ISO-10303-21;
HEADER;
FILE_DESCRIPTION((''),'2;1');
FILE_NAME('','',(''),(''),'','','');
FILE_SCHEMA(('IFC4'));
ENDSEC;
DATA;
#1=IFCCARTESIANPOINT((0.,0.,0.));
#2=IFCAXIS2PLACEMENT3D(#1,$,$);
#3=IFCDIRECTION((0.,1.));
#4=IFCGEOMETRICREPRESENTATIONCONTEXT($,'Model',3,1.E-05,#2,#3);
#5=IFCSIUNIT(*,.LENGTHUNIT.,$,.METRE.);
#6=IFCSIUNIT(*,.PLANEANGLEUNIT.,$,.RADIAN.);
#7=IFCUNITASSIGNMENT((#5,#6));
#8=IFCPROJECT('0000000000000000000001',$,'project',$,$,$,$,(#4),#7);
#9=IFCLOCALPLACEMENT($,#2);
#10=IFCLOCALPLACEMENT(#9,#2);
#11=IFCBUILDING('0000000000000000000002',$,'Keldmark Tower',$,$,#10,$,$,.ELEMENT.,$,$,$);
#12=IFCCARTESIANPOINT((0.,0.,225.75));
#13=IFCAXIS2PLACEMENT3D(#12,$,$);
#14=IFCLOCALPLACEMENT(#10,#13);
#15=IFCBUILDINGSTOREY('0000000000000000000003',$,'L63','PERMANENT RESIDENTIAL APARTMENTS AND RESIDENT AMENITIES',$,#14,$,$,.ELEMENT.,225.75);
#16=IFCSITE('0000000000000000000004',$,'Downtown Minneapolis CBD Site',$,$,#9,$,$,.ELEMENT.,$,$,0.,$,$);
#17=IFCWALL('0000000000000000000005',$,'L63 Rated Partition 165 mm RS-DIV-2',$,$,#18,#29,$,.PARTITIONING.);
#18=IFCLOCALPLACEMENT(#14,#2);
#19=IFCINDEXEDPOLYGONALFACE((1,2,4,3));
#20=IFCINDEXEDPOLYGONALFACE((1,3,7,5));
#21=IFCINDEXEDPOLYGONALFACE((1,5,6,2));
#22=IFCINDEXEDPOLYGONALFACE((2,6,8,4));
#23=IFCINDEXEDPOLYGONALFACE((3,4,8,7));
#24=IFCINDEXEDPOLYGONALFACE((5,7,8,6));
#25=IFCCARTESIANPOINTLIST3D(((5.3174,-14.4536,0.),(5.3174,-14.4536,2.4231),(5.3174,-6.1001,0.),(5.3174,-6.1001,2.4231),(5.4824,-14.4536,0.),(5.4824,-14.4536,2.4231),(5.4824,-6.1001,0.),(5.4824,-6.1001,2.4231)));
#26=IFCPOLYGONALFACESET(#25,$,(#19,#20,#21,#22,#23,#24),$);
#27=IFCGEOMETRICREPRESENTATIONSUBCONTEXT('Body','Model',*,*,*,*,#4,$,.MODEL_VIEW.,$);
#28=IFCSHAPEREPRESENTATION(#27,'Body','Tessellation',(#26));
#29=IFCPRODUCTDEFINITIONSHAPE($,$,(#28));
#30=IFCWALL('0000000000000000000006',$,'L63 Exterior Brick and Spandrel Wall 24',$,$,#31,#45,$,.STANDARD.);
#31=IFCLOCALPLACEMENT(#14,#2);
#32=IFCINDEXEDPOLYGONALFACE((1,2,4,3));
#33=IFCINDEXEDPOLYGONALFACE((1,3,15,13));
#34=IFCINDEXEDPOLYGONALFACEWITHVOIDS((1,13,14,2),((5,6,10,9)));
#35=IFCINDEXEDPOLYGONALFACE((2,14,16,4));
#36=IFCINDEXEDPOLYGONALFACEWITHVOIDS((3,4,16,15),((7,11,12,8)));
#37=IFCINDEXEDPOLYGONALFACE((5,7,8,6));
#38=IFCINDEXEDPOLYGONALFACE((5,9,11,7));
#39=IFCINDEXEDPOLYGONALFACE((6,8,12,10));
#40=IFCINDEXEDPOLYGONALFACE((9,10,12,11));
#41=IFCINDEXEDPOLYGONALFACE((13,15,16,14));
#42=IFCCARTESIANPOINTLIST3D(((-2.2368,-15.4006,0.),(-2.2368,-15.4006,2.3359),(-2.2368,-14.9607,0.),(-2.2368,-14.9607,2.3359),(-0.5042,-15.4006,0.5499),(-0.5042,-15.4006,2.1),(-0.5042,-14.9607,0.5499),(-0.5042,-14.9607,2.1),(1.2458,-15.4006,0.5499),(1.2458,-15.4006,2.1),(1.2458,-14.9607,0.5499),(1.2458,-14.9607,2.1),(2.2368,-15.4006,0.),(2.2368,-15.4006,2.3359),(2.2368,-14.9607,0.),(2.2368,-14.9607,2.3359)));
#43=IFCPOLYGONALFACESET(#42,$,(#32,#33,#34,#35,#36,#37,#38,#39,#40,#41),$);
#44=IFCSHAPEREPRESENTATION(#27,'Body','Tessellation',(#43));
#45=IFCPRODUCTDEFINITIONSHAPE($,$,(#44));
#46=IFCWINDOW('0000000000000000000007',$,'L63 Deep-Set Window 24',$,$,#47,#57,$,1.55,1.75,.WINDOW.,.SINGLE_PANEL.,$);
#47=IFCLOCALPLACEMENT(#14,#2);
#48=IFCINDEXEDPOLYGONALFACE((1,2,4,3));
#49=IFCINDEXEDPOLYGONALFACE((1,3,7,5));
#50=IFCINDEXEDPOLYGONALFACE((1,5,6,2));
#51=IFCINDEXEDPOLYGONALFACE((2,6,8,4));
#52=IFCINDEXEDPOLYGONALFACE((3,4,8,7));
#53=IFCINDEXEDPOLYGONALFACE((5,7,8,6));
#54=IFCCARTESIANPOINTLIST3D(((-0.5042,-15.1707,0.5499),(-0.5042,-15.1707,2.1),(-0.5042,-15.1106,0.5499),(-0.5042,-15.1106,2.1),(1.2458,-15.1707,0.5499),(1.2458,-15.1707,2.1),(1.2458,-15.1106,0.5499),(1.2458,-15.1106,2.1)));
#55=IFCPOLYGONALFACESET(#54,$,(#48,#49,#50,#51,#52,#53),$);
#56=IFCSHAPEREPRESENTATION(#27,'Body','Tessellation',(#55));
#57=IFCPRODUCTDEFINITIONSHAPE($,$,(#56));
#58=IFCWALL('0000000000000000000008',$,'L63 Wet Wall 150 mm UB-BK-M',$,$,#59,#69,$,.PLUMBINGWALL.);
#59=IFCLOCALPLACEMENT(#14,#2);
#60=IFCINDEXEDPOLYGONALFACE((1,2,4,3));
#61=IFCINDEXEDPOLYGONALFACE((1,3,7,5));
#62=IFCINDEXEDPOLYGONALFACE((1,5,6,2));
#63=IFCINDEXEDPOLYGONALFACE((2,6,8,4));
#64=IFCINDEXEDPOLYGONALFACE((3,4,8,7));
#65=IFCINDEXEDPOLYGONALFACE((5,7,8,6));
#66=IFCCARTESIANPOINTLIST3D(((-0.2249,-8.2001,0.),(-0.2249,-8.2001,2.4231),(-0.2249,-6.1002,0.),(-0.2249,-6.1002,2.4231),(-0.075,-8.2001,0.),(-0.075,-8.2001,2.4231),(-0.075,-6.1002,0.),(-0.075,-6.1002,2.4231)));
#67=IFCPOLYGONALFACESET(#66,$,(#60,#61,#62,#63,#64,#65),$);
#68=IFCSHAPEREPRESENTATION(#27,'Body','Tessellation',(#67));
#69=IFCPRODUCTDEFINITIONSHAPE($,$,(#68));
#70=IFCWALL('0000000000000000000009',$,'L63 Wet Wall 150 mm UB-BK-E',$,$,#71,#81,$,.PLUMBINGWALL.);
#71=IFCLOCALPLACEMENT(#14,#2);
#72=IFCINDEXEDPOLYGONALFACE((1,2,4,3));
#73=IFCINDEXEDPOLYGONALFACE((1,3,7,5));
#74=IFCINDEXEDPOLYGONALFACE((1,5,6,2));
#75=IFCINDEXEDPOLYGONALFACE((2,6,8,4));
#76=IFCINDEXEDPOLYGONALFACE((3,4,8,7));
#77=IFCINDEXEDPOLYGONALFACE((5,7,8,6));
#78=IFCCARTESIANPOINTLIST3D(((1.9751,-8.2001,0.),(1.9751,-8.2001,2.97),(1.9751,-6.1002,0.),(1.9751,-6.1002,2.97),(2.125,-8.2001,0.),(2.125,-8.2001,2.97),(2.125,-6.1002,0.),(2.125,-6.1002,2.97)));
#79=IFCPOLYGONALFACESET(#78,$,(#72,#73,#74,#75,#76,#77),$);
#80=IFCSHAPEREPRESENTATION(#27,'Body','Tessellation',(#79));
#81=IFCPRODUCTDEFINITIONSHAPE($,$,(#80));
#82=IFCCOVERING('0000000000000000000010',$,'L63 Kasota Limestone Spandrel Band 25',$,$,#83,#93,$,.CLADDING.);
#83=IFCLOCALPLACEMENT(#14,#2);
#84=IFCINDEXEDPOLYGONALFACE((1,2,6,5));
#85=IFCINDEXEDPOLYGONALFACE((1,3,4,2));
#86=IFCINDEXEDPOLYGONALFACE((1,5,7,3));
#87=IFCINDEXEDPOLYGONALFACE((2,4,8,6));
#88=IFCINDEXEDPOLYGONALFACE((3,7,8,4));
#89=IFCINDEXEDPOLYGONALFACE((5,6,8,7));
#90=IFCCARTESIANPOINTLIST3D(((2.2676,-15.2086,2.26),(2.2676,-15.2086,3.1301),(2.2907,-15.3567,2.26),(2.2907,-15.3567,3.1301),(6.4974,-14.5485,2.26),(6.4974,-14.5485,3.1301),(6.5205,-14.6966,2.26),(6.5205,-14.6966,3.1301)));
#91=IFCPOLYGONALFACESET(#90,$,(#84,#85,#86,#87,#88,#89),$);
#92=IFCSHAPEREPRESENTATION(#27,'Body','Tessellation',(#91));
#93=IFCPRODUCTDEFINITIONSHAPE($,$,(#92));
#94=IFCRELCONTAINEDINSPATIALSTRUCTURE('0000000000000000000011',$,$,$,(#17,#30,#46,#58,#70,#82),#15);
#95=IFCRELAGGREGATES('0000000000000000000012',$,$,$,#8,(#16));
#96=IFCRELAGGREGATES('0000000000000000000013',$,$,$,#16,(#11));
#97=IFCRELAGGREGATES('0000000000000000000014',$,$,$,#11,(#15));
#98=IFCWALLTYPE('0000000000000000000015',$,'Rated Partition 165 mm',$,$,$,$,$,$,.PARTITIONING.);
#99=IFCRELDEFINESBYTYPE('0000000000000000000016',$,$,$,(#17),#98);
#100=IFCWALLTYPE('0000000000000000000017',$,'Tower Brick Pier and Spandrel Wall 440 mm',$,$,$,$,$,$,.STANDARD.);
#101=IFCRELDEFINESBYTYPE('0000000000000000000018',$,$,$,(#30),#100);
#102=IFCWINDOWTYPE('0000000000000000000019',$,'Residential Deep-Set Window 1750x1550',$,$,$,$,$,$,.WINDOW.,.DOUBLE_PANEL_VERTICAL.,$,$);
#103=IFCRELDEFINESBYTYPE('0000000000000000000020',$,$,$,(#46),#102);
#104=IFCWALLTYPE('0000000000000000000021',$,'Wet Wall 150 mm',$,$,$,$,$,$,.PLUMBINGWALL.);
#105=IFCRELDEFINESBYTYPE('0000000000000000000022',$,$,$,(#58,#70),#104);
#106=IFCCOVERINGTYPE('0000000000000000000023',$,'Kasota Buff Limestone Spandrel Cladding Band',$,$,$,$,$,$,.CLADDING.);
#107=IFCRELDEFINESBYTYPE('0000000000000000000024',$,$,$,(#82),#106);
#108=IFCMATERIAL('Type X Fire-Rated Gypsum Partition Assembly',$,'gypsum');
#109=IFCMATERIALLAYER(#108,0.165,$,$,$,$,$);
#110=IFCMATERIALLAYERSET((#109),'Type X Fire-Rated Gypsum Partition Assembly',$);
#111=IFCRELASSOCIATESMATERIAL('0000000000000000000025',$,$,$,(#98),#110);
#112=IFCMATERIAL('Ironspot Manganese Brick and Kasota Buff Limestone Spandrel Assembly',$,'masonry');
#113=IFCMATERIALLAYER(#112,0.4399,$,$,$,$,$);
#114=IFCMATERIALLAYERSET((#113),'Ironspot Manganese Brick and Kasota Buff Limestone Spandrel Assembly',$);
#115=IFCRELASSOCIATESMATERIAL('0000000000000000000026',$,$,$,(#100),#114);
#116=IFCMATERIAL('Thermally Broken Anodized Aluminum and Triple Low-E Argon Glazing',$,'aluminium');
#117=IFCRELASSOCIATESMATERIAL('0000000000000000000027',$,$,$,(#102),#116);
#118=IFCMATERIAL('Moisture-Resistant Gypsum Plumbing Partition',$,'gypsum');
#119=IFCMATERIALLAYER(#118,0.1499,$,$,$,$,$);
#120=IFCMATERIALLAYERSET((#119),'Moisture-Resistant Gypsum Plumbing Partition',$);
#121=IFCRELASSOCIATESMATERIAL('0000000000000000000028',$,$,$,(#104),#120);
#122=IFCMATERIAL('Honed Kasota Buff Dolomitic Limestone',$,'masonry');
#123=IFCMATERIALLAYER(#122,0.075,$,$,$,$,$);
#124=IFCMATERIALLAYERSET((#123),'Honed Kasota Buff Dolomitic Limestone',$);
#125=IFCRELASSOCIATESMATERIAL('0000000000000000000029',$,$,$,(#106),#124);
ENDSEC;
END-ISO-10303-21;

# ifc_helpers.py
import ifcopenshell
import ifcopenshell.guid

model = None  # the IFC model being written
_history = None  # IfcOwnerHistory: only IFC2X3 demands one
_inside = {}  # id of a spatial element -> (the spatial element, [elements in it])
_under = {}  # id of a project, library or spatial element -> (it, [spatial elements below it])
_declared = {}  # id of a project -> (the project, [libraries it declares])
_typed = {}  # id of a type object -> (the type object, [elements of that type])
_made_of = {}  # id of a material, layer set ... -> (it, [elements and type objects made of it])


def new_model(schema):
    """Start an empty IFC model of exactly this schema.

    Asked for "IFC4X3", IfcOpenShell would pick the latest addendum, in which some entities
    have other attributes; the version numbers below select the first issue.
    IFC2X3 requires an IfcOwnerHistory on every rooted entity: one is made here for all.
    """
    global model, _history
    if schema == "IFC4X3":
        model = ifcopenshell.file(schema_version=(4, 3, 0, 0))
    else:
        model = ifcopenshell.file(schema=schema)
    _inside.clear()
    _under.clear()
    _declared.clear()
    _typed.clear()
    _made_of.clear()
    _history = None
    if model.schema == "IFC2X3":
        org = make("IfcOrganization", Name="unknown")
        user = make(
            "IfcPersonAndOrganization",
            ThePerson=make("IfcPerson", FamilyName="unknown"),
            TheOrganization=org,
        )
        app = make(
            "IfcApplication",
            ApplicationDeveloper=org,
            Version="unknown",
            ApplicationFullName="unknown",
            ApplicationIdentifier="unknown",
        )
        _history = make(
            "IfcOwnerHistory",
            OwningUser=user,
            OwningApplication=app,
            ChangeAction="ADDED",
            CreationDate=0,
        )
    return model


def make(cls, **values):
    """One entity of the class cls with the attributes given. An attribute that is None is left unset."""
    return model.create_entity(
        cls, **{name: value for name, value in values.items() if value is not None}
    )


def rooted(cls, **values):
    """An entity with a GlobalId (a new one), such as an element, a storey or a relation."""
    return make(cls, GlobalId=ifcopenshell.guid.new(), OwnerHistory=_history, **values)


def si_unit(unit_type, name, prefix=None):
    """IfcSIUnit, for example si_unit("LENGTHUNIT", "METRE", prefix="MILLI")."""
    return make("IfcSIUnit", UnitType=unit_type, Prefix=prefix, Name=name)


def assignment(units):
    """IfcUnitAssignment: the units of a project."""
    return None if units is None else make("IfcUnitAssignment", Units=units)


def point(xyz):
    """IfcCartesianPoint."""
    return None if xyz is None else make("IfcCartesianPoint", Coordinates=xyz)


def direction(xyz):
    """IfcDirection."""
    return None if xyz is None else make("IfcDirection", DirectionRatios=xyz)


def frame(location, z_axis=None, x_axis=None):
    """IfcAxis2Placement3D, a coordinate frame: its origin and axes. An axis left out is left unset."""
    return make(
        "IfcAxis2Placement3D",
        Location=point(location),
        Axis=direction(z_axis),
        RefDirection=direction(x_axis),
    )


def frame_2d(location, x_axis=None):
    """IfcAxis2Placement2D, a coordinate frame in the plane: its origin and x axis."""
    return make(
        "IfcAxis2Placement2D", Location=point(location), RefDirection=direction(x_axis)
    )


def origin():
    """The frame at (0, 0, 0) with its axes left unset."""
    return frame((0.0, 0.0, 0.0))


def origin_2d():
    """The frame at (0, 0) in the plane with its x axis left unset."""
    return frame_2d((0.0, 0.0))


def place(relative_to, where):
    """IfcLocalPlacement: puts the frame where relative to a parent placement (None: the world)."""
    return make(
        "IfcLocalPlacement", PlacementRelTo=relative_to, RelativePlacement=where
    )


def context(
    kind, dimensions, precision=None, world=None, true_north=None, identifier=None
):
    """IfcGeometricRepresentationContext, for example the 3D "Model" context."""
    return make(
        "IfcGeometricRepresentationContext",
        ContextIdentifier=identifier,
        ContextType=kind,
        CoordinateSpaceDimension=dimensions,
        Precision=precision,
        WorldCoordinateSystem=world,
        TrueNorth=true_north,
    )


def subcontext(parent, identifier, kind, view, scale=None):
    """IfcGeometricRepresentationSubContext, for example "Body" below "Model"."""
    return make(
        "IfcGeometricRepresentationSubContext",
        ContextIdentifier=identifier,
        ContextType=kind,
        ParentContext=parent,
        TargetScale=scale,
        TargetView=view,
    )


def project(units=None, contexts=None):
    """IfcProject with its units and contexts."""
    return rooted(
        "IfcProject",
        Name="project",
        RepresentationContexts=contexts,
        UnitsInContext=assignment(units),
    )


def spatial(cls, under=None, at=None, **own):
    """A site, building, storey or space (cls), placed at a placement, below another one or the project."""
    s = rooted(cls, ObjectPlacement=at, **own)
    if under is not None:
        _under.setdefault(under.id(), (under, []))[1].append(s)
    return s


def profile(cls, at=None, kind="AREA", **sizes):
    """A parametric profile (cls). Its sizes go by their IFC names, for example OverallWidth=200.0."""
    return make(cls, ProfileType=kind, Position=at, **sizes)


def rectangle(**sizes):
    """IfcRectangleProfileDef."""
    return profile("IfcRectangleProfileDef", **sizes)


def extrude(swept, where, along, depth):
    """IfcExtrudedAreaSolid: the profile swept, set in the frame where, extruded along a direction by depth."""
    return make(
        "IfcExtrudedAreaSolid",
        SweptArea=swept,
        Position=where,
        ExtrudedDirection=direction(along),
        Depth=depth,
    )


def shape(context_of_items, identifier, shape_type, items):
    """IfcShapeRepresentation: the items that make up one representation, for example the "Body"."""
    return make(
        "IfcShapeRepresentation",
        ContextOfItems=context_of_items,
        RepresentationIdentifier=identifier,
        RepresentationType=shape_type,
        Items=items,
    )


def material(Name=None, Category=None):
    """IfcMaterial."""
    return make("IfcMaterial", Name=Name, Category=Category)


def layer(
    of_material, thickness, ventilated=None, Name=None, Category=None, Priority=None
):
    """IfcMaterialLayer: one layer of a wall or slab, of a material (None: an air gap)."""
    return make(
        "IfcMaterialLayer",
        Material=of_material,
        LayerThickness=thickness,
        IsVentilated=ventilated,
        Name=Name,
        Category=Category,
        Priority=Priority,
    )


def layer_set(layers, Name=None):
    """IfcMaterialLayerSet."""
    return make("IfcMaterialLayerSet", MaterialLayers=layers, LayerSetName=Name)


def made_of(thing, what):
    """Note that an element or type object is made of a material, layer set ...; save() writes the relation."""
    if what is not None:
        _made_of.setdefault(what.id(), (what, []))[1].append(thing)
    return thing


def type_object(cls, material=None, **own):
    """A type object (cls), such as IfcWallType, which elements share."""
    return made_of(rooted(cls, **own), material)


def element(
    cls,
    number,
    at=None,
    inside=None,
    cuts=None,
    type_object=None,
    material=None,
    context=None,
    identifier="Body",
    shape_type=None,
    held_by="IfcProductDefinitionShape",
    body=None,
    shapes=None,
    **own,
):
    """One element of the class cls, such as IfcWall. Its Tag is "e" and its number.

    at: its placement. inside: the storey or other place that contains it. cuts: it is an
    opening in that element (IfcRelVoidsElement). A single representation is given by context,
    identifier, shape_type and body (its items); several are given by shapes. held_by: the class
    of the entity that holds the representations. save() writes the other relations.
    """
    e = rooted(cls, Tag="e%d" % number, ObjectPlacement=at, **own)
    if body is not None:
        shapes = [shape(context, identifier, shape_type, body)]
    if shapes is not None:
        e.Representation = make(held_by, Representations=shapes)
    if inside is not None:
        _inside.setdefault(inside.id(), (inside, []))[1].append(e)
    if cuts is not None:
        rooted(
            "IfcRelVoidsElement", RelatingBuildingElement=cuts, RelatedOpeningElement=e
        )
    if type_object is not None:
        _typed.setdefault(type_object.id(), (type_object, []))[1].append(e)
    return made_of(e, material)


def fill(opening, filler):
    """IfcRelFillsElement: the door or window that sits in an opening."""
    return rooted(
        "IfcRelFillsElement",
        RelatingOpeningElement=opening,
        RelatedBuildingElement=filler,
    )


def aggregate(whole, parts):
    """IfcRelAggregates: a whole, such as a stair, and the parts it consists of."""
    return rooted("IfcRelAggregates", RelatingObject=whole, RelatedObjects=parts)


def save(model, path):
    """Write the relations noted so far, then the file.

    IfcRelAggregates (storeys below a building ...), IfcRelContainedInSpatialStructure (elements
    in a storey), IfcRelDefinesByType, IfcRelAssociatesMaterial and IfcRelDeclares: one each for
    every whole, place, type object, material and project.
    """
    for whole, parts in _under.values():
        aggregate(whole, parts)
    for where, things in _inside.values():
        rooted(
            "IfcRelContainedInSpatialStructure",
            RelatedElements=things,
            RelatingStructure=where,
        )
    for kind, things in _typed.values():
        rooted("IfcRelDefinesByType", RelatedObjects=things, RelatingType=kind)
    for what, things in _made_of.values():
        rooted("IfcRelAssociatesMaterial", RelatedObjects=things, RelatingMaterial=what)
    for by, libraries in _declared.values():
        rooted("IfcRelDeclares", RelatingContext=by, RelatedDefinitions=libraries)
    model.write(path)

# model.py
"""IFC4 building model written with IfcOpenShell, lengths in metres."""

from ifc_helpers import new_model, si_unit, direction, frame, frame_2d, origin, origin_2d, place, context, subcontext, project, spatial, rectangle, extrude, material, layer, layer_set, type_object, element, fill, save


model = new_model("IFC4")

# Units and contexts
model_context = context("Model", 3, precision=1e-05, world=origin(), true_north=direction((0.0, 1.0)))
body_context = subcontext(model_context, "Body", "Model", "MODEL_VIEW")
ifc_project = project(units=[si_unit("LENGTHUNIT", "METRE"), si_unit("PLANEANGLEUNIT", "RADIAN")], contexts=[model_context])

# Site, building, storey
site_placement = place(None, origin())
site = spatial("IfcSite", under=ifc_project, at=site_placement, Name="Downtown Minneapolis CBD Site", CompositionType="ELEMENT", RefElevation=0.0)
building_placement = place(site_placement, origin())
building = spatial("IfcBuilding", under=site, at=building_placement, Name="Keldmark Tower", CompositionType="ELEMENT")
storey_placement = place(building_placement, frame((0.0, 0.0, 225.75)))
storey = spatial("IfcBuildingStorey", under=building, at=storey_placement, Name="L63", Description="PERMANENT RESIDENTIAL APARTMENTS AND RESIDENT AMENITIES", CompositionType="ELEMENT", Elevation=225.75)

# Wall
ifc_material_1 = material(Name="Type X Fire-Rated Gypsum Partition Assembly", Category="gypsum")
ifc_layer_1 = layer(ifc_material_1, 0.165)
ifc_layer_set_1 = layer_set([ifc_layer_1], Name="Type X Fire-Rated Gypsum Partition Assembly")
wall_type_1 = type_object("IfcWallType", Name="Rated Partition 165 mm", PredefinedType="PARTITIONING", material=ifc_layer_set_1)
wall_1_placement = place(storey_placement, frame((5.3999, -14.4536, 0.0), z_axis=(0.0, 0.0, 1.0), x_axis=(0.0, 1.0, 0.0)))
element("IfcWall", 1, at=wall_1_placement, inside=storey, type_object=wall_type_1, Name="L63 Rated Partition 165 mm RS-DIV-2", PredefinedType="PARTITIONING", context=body_context, shape_type="SweptSolid", body=[
    extrude(rectangle(XDim=8.3535, YDim=0.165, at=frame_2d((4.1768, 0.0))), origin(), (0.0, 0.0, 1.0), 2.4231),
])

# Wall, opening, window
ifc_material_2 = material(Name="Ironspot Manganese Brick and Kasota Buff Limestone Spandrel Assembly", Category="masonry")
ifc_layer_2 = layer(ifc_material_2, 0.4399)
ifc_layer_set_2 = layer_set([ifc_layer_2], Name="Ironspot Manganese Brick and Kasota Buff Limestone Spandrel Assembly")
wall_type_2 = type_object("IfcWallType", Name="Tower Brick Pier and Spandrel Wall 440 mm", PredefinedType="STANDARD", material=ifc_layer_set_2)
wall_2_placement = place(storey_placement, frame((2.2368, -15.1807, 0.0), z_axis=(0.0, 0.0, 1.0), x_axis=(-1.0, 0.0, 0.0)))
wall_2 = element("IfcWall", 2, at=wall_2_placement, inside=storey, type_object=wall_type_2, Name="L63 Exterior Brick and Spandrel Wall 24", PredefinedType="STANDARD", context=body_context, shape_type="SweptSolid", body=[
    extrude(rectangle(XDim=4.4736, YDim=0.4399, at=frame_2d((2.2368, 0.0))), origin(), (0.0, 0.0, 1.0), 2.3359),
])
opening_placement = place(wall_2_placement, frame((0.991, 0.0, 0.55)))
opening = element("IfcOpeningElement", 3, at=opening_placement, cuts=wall_2, PredefinedType="OPENING", context=body_context, shape_type="SweptSolid", body=[
    extrude(rectangle(XDim=1.75, YDim=1.55, at=frame_2d((0.875, 0.7749))), frame((0.0, 0.23, 0.0), z_axis=(0.0, -1.0, 0.0), x_axis=(1.0, 0.0, 0.0)), (0.0, 0.0, 1.0), 0.46),
])
ifc_material_3 = material(Name="Thermally Broken Anodized Aluminum and Triple Low-E Argon Glazing", Category="aluminium")
window_type = type_object("IfcWindowType", Name="Residential Deep-Set Window 1750x1550", PartitioningType="DOUBLE_PANEL_VERTICAL", PredefinedType="WINDOW", material=ifc_material_3)
window_placement = place(opening_placement, origin())
window = element("IfcWindow", 4, at=window_placement, inside=storey, type_object=window_type, Name="L63 Deep-Set Window 24", OverallHeight=1.55, OverallWidth=1.75, PartitioningType="SINGLE_PANEL", PredefinedType="WINDOW", context=body_context, shape_type="SweptSolid", body=[
    extrude(rectangle(XDim=1.75, YDim=1.55, at=frame_2d((0.875, 0.7749))), frame((0.0, -0.01, 0.0), z_axis=(0.0, -1.0, 0.0), x_axis=(1.0, 0.0, 0.0)), (0.0, 0.0, 1.0), 0.0601),
])
fill(opening, window)

# Walls
ifc_material_4 = material(Name="Moisture-Resistant Gypsum Plumbing Partition", Category="gypsum")
ifc_layer_3 = layer(ifc_material_4, 0.1499)
ifc_layer_set_3 = layer_set([ifc_layer_3], Name="Moisture-Resistant Gypsum Plumbing Partition")
wall_type_3 = type_object("IfcWallType", Name="Wet Wall 150 mm", PredefinedType="PLUMBINGWALL", material=ifc_layer_set_3)
wall_3_placement = place(storey_placement, frame((-0.1499, -8.2, 0.0), z_axis=(0.0, 0.0, 1.0), x_axis=(0.0, 1.0, 0.0)))
element("IfcWall", 5, at=wall_3_placement, inside=storey, type_object=wall_type_3, Name="L63 Wet Wall 150 mm UB-BK-M", PredefinedType="PLUMBINGWALL", context=body_context, shape_type="SweptSolid", body=[
    extrude(rectangle(XDim=2.0999, YDim=0.1499, at=frame_2d((1.0498, 0.0))), origin(), (0.0, 0.0, 1.0), 2.4231),
])
wall_4_placement = place(storey_placement, frame((2.05, -8.2, 0.0), z_axis=(0.0, 0.0, 1.0), x_axis=(0.0, 1.0, 0.0)))
element("IfcWall", 6, at=wall_4_placement, inside=storey, type_object=wall_type_3, Name="L63 Wet Wall 150 mm UB-BK-E", PredefinedType="PLUMBINGWALL", context=body_context, shape_type="SweptSolid", body=[
    extrude(rectangle(XDim=2.0999, YDim=0.1499, at=frame_2d((1.0498, 0.0))), origin(), (0.0, 0.0, 1.0), 2.97),
])

# Covering
ifc_material_5 = material(Name="Honed Kasota Buff Dolomitic Limestone", Category="masonry")
ifc_layer_4 = layer(ifc_material_5, 0.075)
ifc_layer_set_4 = layer_set([ifc_layer_4], Name="Honed Kasota Buff Dolomitic Limestone")
covering_type = type_object("IfcCoveringType", Name="Kasota Buff Limestone Spandrel Cladding Band", PredefinedType="CLADDING", material=ifc_layer_set_4)
covering_placement = place(storey_placement, frame((4.394, -14.9526, 2.26), z_axis=(0.0, 0.0, 1.0), x_axis=(0.988041, 0.154193, 0.0)))
element("IfcCovering", 7, at=covering_placement, inside=storey, type_object=covering_type, Name="L63 Kasota Limestone Spandrel Band 25", PredefinedType="CLADDING", context=body_context, shape_type="SweptSolid", body=[
    extrude(rectangle(XDim=4.281, YDim=0.1499, at=origin_2d()), origin(), (0.0, 0.0, 1.0), 0.8701),
])

save(model, "model.ifc")
